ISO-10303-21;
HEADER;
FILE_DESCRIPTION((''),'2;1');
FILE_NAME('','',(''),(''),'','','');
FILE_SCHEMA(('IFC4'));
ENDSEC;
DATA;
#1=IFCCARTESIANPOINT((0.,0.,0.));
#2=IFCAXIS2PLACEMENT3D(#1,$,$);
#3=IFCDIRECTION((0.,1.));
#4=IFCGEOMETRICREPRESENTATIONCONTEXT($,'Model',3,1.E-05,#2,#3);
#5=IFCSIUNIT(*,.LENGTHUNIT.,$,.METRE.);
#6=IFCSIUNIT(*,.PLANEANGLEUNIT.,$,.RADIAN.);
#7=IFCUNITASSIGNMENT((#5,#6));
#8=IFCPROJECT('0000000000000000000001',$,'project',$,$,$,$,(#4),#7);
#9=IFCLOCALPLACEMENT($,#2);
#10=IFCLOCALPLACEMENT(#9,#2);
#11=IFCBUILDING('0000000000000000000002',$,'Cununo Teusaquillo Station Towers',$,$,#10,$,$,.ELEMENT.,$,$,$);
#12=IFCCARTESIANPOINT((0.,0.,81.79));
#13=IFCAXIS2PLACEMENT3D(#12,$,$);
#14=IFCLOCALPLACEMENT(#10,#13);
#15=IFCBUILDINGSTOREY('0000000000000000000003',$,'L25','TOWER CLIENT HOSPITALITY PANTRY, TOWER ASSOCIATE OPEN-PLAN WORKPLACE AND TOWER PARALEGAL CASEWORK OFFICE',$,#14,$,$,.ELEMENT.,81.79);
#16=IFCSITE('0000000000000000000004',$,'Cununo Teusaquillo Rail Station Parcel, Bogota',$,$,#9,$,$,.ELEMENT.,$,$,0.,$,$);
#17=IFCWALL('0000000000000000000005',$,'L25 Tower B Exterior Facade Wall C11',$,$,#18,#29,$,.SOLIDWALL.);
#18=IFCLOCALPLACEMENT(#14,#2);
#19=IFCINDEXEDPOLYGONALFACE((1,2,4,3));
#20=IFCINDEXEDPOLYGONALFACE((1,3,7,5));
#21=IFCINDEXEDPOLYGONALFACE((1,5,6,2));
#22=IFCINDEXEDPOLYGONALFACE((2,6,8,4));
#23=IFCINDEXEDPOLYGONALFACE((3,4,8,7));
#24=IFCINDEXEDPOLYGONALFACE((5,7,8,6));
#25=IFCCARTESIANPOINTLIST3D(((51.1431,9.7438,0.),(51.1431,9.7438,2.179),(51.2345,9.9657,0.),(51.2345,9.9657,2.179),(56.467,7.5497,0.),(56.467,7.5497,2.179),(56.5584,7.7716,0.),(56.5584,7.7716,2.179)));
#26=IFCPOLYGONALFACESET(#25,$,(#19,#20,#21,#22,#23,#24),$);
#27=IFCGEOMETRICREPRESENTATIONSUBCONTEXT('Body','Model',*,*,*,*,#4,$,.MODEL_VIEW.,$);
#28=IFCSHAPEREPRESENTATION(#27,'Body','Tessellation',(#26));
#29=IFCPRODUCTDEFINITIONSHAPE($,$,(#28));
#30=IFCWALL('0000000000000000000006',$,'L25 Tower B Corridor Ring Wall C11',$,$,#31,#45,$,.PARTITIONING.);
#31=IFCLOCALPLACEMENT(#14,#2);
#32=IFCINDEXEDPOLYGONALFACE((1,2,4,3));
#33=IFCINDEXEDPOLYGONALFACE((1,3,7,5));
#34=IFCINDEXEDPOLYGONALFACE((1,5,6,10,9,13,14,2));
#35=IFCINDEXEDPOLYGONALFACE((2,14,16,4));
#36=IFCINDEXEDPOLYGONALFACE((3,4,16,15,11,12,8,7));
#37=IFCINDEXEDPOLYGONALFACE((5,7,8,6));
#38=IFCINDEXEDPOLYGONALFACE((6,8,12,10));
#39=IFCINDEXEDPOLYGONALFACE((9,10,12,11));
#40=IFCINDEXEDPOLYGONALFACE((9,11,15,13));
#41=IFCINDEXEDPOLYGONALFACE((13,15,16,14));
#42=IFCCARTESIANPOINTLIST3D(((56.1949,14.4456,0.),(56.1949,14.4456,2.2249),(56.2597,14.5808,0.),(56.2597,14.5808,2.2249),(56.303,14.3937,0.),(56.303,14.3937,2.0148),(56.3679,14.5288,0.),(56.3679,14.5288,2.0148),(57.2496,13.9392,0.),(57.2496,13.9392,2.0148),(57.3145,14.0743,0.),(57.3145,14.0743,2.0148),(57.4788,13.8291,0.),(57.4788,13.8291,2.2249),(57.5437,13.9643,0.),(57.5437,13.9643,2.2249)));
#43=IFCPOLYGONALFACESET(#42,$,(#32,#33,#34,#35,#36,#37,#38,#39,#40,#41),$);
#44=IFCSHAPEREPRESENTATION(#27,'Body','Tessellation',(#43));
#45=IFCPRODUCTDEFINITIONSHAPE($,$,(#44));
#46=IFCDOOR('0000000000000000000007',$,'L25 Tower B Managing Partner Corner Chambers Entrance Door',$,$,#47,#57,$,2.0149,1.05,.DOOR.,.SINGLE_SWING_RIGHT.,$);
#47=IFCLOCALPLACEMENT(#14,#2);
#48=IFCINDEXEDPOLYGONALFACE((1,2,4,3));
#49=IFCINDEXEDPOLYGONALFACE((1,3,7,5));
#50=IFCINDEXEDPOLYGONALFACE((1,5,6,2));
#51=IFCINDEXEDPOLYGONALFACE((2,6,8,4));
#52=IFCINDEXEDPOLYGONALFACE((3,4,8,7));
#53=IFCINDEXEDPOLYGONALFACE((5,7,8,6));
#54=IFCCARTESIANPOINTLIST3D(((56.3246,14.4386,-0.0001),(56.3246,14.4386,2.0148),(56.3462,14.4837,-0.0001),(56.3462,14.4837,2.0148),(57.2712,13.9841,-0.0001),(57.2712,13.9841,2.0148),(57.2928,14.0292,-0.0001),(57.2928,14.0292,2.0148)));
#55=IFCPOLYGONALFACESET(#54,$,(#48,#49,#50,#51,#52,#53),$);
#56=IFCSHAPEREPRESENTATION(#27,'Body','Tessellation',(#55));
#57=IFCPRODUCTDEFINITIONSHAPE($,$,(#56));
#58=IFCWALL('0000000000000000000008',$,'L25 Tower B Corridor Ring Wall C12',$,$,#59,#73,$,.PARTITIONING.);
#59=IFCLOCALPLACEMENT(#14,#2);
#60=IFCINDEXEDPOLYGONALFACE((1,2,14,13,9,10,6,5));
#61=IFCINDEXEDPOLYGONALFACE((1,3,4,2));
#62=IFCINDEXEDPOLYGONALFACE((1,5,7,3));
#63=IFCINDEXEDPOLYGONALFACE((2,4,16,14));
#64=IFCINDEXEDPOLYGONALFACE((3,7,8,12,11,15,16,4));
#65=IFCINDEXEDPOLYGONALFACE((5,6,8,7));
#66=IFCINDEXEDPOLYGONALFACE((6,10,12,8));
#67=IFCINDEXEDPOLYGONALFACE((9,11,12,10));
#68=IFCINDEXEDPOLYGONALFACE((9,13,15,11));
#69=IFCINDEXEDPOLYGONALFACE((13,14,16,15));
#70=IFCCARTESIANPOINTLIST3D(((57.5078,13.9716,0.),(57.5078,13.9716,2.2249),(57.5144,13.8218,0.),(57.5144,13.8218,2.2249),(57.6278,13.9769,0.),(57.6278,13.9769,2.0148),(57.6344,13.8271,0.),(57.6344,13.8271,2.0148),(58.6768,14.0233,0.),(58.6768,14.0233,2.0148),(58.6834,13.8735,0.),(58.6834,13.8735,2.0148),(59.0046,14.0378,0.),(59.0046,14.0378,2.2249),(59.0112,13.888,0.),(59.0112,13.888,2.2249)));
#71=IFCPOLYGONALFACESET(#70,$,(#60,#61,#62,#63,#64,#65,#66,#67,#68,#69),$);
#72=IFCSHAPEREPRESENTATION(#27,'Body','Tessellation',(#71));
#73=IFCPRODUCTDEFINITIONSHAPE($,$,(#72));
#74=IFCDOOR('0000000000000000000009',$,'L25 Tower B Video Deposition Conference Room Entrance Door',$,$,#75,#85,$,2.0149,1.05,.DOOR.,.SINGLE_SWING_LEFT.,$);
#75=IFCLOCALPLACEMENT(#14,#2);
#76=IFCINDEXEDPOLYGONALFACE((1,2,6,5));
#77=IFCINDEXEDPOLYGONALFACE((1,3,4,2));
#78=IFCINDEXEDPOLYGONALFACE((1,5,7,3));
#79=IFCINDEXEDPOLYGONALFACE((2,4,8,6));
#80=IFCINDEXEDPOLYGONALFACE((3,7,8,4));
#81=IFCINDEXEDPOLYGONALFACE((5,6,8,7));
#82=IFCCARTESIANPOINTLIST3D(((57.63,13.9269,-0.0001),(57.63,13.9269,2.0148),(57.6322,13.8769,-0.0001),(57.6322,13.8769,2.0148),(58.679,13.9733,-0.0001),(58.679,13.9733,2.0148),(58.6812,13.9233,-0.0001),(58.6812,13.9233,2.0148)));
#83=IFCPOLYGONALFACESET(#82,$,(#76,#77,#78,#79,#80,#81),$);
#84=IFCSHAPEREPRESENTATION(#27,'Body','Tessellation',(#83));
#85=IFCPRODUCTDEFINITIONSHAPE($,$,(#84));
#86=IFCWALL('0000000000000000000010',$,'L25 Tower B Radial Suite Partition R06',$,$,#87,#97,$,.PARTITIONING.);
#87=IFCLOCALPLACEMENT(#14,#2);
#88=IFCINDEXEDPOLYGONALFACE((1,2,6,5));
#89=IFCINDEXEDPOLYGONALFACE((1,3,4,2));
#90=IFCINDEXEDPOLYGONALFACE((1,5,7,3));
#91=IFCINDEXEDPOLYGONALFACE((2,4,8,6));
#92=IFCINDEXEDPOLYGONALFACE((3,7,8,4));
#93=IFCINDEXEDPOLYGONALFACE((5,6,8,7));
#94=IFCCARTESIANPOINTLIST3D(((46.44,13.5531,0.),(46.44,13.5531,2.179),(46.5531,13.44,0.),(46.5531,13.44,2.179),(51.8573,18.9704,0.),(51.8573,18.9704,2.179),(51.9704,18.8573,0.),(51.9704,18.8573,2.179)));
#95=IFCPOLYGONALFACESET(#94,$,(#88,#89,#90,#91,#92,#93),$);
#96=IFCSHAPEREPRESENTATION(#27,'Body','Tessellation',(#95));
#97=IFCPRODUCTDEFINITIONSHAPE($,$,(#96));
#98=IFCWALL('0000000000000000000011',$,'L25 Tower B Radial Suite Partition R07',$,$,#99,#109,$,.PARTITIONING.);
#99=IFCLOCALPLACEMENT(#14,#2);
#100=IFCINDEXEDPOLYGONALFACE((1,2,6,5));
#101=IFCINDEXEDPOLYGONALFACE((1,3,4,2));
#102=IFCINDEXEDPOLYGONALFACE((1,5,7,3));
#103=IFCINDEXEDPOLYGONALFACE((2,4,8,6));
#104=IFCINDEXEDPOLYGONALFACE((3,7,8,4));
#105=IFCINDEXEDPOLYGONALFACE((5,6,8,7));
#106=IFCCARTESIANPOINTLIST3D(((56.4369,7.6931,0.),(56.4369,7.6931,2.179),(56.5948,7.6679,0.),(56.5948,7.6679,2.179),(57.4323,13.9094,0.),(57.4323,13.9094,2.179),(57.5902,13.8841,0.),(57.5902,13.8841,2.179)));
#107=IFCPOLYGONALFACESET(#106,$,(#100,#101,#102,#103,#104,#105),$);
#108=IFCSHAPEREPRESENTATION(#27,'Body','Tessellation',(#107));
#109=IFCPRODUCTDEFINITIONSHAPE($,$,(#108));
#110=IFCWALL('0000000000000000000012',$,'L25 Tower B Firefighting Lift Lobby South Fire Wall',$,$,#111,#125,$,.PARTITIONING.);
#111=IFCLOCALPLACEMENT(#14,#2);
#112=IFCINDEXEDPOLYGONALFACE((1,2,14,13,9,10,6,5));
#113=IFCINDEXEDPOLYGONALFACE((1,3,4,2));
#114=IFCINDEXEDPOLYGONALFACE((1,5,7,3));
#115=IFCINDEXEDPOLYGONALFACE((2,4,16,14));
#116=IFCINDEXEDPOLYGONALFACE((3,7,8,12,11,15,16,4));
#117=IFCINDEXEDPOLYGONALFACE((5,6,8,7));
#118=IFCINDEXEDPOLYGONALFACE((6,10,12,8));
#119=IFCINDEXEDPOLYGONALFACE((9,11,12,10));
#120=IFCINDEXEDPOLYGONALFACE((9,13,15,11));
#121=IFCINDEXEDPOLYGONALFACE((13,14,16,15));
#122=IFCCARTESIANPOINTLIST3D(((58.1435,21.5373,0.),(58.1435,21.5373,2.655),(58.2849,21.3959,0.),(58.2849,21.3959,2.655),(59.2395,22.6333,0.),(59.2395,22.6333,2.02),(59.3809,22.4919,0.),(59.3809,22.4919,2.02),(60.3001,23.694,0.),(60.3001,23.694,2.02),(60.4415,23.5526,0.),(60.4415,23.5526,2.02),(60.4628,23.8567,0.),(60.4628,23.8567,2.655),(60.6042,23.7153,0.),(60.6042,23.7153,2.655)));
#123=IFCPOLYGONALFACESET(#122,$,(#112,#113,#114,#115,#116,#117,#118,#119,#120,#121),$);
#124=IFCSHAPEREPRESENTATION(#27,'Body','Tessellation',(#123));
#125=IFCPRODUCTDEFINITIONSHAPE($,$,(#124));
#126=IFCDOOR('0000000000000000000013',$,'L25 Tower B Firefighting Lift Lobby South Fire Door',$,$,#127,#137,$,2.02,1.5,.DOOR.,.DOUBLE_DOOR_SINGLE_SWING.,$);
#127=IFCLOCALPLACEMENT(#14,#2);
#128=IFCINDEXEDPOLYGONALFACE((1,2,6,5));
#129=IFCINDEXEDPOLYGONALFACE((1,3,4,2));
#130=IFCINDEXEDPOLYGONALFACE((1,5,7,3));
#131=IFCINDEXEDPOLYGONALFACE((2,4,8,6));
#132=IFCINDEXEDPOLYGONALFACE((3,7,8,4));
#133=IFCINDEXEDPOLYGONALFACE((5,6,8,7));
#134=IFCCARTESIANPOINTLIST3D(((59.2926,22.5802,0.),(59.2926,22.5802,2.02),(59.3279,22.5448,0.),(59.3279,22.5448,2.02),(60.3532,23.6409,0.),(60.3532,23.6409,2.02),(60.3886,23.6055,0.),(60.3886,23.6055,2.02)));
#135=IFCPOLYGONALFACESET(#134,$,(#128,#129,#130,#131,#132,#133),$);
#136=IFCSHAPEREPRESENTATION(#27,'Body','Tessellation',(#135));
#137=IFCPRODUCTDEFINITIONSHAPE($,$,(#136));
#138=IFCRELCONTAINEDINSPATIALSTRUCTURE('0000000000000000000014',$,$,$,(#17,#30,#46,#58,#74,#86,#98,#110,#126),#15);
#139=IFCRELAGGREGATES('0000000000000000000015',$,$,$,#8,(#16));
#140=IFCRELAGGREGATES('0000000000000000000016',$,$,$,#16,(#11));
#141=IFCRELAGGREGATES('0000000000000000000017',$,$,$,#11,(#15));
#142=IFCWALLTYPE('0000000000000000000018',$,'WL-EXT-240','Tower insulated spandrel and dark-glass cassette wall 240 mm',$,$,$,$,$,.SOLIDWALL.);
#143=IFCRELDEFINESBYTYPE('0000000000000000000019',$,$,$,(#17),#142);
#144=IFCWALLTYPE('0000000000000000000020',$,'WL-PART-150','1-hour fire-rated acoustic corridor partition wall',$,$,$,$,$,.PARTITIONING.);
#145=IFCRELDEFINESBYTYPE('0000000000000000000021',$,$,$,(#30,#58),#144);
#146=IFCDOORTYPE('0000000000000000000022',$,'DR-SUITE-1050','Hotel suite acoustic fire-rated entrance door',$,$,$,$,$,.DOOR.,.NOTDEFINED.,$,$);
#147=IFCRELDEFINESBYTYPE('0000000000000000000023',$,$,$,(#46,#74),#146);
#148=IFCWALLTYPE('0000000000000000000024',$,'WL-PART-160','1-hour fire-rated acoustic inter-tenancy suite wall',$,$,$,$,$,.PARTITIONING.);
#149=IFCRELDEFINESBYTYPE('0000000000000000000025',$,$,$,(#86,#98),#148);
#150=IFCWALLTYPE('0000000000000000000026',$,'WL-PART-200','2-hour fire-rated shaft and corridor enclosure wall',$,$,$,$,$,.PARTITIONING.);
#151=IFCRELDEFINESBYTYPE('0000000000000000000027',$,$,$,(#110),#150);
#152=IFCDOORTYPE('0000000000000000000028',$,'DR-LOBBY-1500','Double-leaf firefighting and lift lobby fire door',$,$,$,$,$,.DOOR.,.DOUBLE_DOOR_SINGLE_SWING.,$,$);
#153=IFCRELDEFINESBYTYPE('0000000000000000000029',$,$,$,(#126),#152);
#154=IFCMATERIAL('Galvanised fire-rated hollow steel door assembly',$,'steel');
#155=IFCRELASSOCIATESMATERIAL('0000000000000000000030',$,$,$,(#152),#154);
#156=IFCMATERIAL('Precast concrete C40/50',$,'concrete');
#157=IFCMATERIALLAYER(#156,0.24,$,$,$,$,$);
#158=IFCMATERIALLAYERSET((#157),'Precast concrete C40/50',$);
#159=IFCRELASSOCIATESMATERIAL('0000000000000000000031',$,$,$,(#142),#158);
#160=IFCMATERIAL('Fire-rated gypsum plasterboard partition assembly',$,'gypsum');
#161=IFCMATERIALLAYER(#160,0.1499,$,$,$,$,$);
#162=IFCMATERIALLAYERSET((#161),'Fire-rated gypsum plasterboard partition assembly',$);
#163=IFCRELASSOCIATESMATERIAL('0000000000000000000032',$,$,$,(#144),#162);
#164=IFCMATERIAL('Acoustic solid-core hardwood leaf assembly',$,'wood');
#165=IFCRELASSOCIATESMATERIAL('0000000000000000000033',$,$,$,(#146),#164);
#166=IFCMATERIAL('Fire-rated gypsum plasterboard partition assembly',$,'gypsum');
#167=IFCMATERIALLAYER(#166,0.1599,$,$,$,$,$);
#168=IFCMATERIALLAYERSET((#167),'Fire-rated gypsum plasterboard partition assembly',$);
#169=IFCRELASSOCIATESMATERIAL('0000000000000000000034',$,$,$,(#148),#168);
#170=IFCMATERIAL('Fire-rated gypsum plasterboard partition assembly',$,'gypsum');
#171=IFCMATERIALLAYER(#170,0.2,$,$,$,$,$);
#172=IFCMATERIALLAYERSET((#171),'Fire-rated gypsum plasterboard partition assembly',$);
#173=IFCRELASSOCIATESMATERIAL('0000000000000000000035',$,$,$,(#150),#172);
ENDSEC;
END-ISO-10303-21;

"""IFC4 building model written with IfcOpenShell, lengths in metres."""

from ifc_helpers import new_model, si_unit, direction, frame, frame_2d, origin, place, context, subcontext, project, spatial, rectangle, extrude, source, transform, mapped, material, layer, layer_set, type_object, element, fill, save


model = new_model("IFC4")

# Units and contexts
model_context = context("Model", 3, precision=1e-05, world=origin(), true_north=direction((0.0, 1.0)))
body_context = subcontext(model_context, "Body", "Model", "MODEL_VIEW")
ifc_project = project(units=[si_unit("LENGTHUNIT", "METRE"), si_unit("PLANEANGLEUNIT", "RADIAN")], contexts=[model_context])

# Site, building, storey
site_placement = place(None, origin())
site = spatial("IfcSite", under=ifc_project, at=site_placement, Name="Cununo Teusaquillo Rail Station Parcel, Bogota", CompositionType="ELEMENT", RefElevation=0.0)
building_placement = place(site_placement, origin())
building = spatial("IfcBuilding", under=site, at=building_placement, Name="Cununo Teusaquillo Station Towers", CompositionType="ELEMENT")
storey_placement = place(building_placement, frame((0.0, 0.0, 81.79)))
storey = spatial("IfcBuildingStorey", under=building, at=storey_placement, Name="L25", Description="TOWER CLIENT HOSPITALITY PANTRY, TOWER ASSOCIATE OPEN-PLAN WORKPLACE AND TOWER PARALEGAL CASEWORK OFFICE", CompositionType="ELEMENT", Elevation=81.79)

# Shared definitions
ifc_material_1 = material(Name="Galvanised fire-rated hollow steel door assembly", Category="steel")
door_type_1 = type_object("IfcDoorType", Name="DR-LOBBY-1500", Description="Double-leaf firefighting and lift lobby fire door", OperationType="DOUBLE_DOOR_SINGLE_SWING", PredefinedType="DOOR", material=ifc_material_1)
shared_shape_1 = source(origin(), body_context, "Body", "SweptSolid", [
    extrude(rectangle(XDim=1.5, YDim=2.02, at=frame_2d((0.75, 1.01))), frame((0.0, 0.0249, 0.0), z_axis=(0.0, -1.0, 0.0), x_axis=(1.0, 0.0, 0.0)), (0.0, 0.0, 1.0), 0.05),
])

# Wall
ifc_material_2 = material(Name="Precast concrete C40/50", Category="concrete")
ifc_layer_1 = layer(ifc_material_2, 0.24)
ifc_layer_set_1 = layer_set([ifc_layer_1], Name="Precast concrete C40/50")
wall_type_1 = type_object("IfcWallType", Name="WL-EXT-240", Description="Tower insulated spandrel and dark-glass cassette wall 240 mm", PredefinedType="SOLIDWALL", material=ifc_layer_set_1)
wall_1_placement = place(storey_placement, frame((56.5127, 7.6606, 0.0), z_axis=(0.0, 0.0, 1.0), x_axis=(-0.924564, 0.381027, 0.0)))
element("IfcWall", 1, at=wall_1_placement, inside=storey, type_object=wall_type_1, Name="L25 Tower B Exterior Facade Wall C11", PredefinedType="SOLIDWALL", context=body_context, shape_type="SweptSolid", body=[
    extrude(rectangle(XDim=5.7583, YDim=0.24, at=frame_2d((2.8792, 0.0))), origin(), (0.0, 0.0, 1.0), 2.179),
])

# Walls, openings, doors
ifc_material_3 = material(Name="Fire-rated gypsum plasterboard partition assembly", Category="gypsum")
ifc_layer_2 = layer(ifc_material_3, 0.1499)
ifc_layer_set_2 = layer_set([ifc_layer_2], Name="Fire-rated gypsum plasterboard partition assembly")
wall_type_2 = type_object("IfcWallType", Name="WL-PART-150", Description="1-hour fire-rated acoustic corridor partition wall", PredefinedType="PARTITIONING", material=ifc_layer_set_2)
wall_2_placement = place(storey_placement, frame((56.2273, 14.5132, 0.0), z_axis=(0.0, 0.0, 1.0), x_axis=(0.901478, -0.432826, 0.0)))
wall_2 = element("IfcWall", 2, at=wall_2_placement, inside=storey, type_object=wall_type_2, Name="L25 Tower B Corridor Ring Wall C11", PredefinedType="PARTITIONING", context=body_context, shape_type="SweptSolid", body=[
    extrude(rectangle(XDim=1.4243, YDim=0.1499, at=frame_2d((0.7122, 0.0))), origin(), (0.0, 0.0, 1.0), 2.2249),
])
shared_shape_2 = source(origin(), body_context, "Body", "SweptSolid", [
    extrude(rectangle(XDim=1.05, YDim=2.0149, at=frame_2d((0.5249, 1.0073))), frame((0.0, 0.085, 0.0), z_axis=(0.0, -1.0, 0.0), x_axis=(1.0, 0.0, 0.0)), (0.0, 0.0, 1.0), 0.1699),
])
opening_1_placement = place(wall_2_placement, frame((0.1201, 0.0, 0.0)))
opening_1 = element("IfcOpeningElement", 3, at=opening_1_placement, cuts=wall_2, PredefinedType="OPENING", context=body_context, shape_type="MappedRepresentation", body=[
    mapped(shared_shape_2, transform((0.0, 0.0, 0.0), x_axis=(1.0, 0.0, 0.0), y_axis=(0.0, 1.0, 0.0), z_axis=(0.0, 0.0, 1.0), scale=1.0)),
])
ifc_material_4 = material(Name="Acoustic solid-core hardwood leaf assembly", Category="wood")
door_type_2 = type_object("IfcDoorType", Name="DR-SUITE-1050", Description="Hotel suite acoustic fire-rated entrance door", OperationType="NOTDEFINED", PredefinedType="DOOR", material=ifc_material_4)
shared_shape_3 = source(origin(), body_context, "Body", "SweptSolid", [
    extrude(rectangle(XDim=1.05, YDim=2.0149, at=frame_2d((0.5249, 1.0073))), frame((0.0, 0.0249, 0.0), z_axis=(0.0, -1.0, 0.0), x_axis=(1.0, 0.0, 0.0)), (0.0, 0.0, 1.0), 0.05),
])
door_1_placement = place(opening_1_placement, origin())
door_1 = element("IfcDoor", 4, at=door_1_placement, inside=storey, type_object=door_type_2, Name="L25 Tower B Managing Partner Corner Chambers Entrance Door", OperationType="SINGLE_SWING_RIGHT", OverallHeight=2.0149, OverallWidth=1.05, PredefinedType="DOOR", context=body_context, shape_type="MappedRepresentation", body=[
    mapped(shared_shape_3, transform((0.0, 0.0, 0.0), x_axis=(1.0, 0.0, 0.0), y_axis=(0.0, 1.0, 0.0), z_axis=(0.0, 0.0, 1.0), scale=1.0)),
])
fill(opening_1, door_1)
wall_3_placement = place(storey_placement, frame((57.5112, 13.8967, 0.0), z_axis=(0.0, 0.0, 1.0), x_axis=(0.999025, 0.044158, 0.0)))
wall_3 = element("IfcWall", 5, at=wall_3_placement, inside=storey, type_object=wall_type_2, Name="L25 Tower B Corridor Ring Wall C12", PredefinedType="PARTITIONING", context=body_context, shape_type="SweptSolid", body=[
    extrude(rectangle(XDim=1.4983, YDim=0.1499, at=frame_2d((0.749, 0.0))), origin(), (0.0, 0.0, 1.0), 2.2249),
])
opening_2_placement = place(wall_3_placement, frame((0.1201, 0.0, 0.0)))
opening_2 = element("IfcOpeningElement", 6, at=opening_2_placement, cuts=wall_3, PredefinedType="OPENING", context=body_context, shape_type="MappedRepresentation", body=[
    mapped(shared_shape_2, transform((0.0, 0.0, 0.0), x_axis=(1.0, 0.0, 0.0), y_axis=(0.0, 1.0, 0.0), z_axis=(0.0, 0.0, 1.0), scale=1.0)),
])
door_2_placement = place(opening_2_placement, origin())
door_2 = element("IfcDoor", 7, at=door_2_placement, inside=storey, type_object=door_type_2, Name="L25 Tower B Video Deposition Conference Room Entrance Door", OperationType="SINGLE_SWING_LEFT", OverallHeight=2.0149, OverallWidth=1.05, PredefinedType="DOOR", context=body_context, shape_type="MappedRepresentation", body=[
    mapped(shared_shape_3, transform((0.0, 0.0, 0.0), x_axis=(1.0, 0.0, 0.0), y_axis=(0.0, 1.0, 0.0), z_axis=(0.0, 0.0, 1.0), scale=1.0)),
])
fill(opening_2, door_2)

# Walls
ifc_material_5 = material(Name="Fire-rated gypsum plasterboard partition assembly", Category="gypsum")
ifc_layer_3 = layer(ifc_material_5, 0.1599)
ifc_layer_set_3 = layer_set([ifc_layer_3], Name="Fire-rated gypsum plasterboard partition assembly")
wall_type_3 = type_object("IfcWallType", Name="WL-PART-160", Description="1-hour fire-rated acoustic inter-tenancy suite wall", PredefinedType="PARTITIONING", material=ifc_layer_set_3)
wall_4_placement = place(storey_placement, frame((51.9138, 18.9138, 0.0), z_axis=(0.0, 0.0, 1.0), x_axis=(-0.707107, -0.707107, 0.0)))
element("IfcWall", 8, at=wall_4_placement, inside=storey, type_object=wall_type_3, Name="L25 Tower B Radial Suite Partition R06", PredefinedType="PARTITIONING", context=body_context, shape_type="SweptSolid", body=[
    extrude(rectangle(XDim=7.6611, YDim=0.1599, at=frame_2d((3.8306, 0.0))), origin(), (0.0, 0.0, 1.0), 2.179),
])
wall_5_placement = place(storey_placement, frame((57.5112, 13.8967, 0.0), z_axis=(0.0, 0.0, 1.0), x_axis=(-0.158107, -0.987422, 0.0)))
element("IfcWall", 9, at=wall_5_placement, inside=storey, type_object=wall_type_3, Name="L25 Tower B Radial Suite Partition R07", PredefinedType="PARTITIONING", context=body_context, shape_type="SweptSolid", body=[
    extrude(rectangle(XDim=6.2954, YDim=0.1599, at=frame_2d((3.1477, 0.0))), origin(), (0.0, 0.0, 1.0), 2.179),
])

# Wall, opening, door
ifc_material_6 = material(Name="Fire-rated gypsum plasterboard partition assembly", Category="gypsum")
ifc_layer_4 = layer(ifc_material_6, 0.2)
ifc_layer_set_4 = layer_set([ifc_layer_4], Name="Fire-rated gypsum plasterboard partition assembly")
wall_type_4 = type_object("IfcWallType", Name="WL-PART-200", Description="2-hour fire-rated shaft and corridor enclosure wall", PredefinedType="PARTITIONING", material=ifc_layer_set_4)
wall_6_placement = place(storey_placement, frame((58.2141, 21.4666, 0.0), z_axis=(0.0, 0.0, 1.0), x_axis=(0.707107, 0.707107, 0.0)))
wall_6 = element("IfcWall", 10, at=wall_6_placement, inside=storey, type_object=wall_type_4, Name="L25 Tower B Firefighting Lift Lobby South Fire Wall", PredefinedType="PARTITIONING", context=body_context, shape_type="SweptSolid", body=[
    extrude(rectangle(XDim=3.28, YDim=0.2, at=frame_2d((1.6401, 0.0))), origin(), (0.0, 0.0, 1.0), 2.655),
])
shared_shape_4 = source(origin(), body_context, "Body", "SweptSolid", [
    extrude(rectangle(XDim=1.5, YDim=2.02, at=frame_2d((0.75, 1.01))), frame((0.0, 0.1099, 0.0), z_axis=(0.0, -1.0, 0.0), x_axis=(1.0, 0.0, 0.0)), (0.0, 0.0, 1.0), 0.22),
])
opening_3_placement = place(wall_6_placement, frame((1.55, 0.0, 0.0)))
opening_3 = element("IfcOpeningElement", 11, at=opening_3_placement, cuts=wall_6, PredefinedType="OPENING", context=body_context, shape_type="MappedRepresentation", body=[
    mapped(shared_shape_4, transform((0.0, 0.0, 0.0), x_axis=(1.0, 0.0, 0.0), y_axis=(0.0, 1.0, 0.0), z_axis=(0.0, 0.0, 1.0), scale=1.0)),
])
door_3_placement = place(opening_3_placement, origin())
door_3 = element("IfcDoor", 12, at=door_3_placement, inside=storey, type_object=door_type_1, Name="L25 Tower B Firefighting Lift Lobby South Fire Door", OperationType="DOUBLE_DOOR_SINGLE_SWING", OverallHeight=2.02, OverallWidth=1.5, PredefinedType="DOOR", context=body_context, shape_type="MappedRepresentation", body=[
    mapped(shared_shape_1, transform((0.0, 0.0, 0.0), x_axis=(1.0, 0.0, 0.0), y_axis=(0.0, 1.0, 0.0), z_axis=(0.0, 0.0, 1.0), scale=1.0)),
])
fill(opening_3, door_3)

save(model, "model.ifc")
